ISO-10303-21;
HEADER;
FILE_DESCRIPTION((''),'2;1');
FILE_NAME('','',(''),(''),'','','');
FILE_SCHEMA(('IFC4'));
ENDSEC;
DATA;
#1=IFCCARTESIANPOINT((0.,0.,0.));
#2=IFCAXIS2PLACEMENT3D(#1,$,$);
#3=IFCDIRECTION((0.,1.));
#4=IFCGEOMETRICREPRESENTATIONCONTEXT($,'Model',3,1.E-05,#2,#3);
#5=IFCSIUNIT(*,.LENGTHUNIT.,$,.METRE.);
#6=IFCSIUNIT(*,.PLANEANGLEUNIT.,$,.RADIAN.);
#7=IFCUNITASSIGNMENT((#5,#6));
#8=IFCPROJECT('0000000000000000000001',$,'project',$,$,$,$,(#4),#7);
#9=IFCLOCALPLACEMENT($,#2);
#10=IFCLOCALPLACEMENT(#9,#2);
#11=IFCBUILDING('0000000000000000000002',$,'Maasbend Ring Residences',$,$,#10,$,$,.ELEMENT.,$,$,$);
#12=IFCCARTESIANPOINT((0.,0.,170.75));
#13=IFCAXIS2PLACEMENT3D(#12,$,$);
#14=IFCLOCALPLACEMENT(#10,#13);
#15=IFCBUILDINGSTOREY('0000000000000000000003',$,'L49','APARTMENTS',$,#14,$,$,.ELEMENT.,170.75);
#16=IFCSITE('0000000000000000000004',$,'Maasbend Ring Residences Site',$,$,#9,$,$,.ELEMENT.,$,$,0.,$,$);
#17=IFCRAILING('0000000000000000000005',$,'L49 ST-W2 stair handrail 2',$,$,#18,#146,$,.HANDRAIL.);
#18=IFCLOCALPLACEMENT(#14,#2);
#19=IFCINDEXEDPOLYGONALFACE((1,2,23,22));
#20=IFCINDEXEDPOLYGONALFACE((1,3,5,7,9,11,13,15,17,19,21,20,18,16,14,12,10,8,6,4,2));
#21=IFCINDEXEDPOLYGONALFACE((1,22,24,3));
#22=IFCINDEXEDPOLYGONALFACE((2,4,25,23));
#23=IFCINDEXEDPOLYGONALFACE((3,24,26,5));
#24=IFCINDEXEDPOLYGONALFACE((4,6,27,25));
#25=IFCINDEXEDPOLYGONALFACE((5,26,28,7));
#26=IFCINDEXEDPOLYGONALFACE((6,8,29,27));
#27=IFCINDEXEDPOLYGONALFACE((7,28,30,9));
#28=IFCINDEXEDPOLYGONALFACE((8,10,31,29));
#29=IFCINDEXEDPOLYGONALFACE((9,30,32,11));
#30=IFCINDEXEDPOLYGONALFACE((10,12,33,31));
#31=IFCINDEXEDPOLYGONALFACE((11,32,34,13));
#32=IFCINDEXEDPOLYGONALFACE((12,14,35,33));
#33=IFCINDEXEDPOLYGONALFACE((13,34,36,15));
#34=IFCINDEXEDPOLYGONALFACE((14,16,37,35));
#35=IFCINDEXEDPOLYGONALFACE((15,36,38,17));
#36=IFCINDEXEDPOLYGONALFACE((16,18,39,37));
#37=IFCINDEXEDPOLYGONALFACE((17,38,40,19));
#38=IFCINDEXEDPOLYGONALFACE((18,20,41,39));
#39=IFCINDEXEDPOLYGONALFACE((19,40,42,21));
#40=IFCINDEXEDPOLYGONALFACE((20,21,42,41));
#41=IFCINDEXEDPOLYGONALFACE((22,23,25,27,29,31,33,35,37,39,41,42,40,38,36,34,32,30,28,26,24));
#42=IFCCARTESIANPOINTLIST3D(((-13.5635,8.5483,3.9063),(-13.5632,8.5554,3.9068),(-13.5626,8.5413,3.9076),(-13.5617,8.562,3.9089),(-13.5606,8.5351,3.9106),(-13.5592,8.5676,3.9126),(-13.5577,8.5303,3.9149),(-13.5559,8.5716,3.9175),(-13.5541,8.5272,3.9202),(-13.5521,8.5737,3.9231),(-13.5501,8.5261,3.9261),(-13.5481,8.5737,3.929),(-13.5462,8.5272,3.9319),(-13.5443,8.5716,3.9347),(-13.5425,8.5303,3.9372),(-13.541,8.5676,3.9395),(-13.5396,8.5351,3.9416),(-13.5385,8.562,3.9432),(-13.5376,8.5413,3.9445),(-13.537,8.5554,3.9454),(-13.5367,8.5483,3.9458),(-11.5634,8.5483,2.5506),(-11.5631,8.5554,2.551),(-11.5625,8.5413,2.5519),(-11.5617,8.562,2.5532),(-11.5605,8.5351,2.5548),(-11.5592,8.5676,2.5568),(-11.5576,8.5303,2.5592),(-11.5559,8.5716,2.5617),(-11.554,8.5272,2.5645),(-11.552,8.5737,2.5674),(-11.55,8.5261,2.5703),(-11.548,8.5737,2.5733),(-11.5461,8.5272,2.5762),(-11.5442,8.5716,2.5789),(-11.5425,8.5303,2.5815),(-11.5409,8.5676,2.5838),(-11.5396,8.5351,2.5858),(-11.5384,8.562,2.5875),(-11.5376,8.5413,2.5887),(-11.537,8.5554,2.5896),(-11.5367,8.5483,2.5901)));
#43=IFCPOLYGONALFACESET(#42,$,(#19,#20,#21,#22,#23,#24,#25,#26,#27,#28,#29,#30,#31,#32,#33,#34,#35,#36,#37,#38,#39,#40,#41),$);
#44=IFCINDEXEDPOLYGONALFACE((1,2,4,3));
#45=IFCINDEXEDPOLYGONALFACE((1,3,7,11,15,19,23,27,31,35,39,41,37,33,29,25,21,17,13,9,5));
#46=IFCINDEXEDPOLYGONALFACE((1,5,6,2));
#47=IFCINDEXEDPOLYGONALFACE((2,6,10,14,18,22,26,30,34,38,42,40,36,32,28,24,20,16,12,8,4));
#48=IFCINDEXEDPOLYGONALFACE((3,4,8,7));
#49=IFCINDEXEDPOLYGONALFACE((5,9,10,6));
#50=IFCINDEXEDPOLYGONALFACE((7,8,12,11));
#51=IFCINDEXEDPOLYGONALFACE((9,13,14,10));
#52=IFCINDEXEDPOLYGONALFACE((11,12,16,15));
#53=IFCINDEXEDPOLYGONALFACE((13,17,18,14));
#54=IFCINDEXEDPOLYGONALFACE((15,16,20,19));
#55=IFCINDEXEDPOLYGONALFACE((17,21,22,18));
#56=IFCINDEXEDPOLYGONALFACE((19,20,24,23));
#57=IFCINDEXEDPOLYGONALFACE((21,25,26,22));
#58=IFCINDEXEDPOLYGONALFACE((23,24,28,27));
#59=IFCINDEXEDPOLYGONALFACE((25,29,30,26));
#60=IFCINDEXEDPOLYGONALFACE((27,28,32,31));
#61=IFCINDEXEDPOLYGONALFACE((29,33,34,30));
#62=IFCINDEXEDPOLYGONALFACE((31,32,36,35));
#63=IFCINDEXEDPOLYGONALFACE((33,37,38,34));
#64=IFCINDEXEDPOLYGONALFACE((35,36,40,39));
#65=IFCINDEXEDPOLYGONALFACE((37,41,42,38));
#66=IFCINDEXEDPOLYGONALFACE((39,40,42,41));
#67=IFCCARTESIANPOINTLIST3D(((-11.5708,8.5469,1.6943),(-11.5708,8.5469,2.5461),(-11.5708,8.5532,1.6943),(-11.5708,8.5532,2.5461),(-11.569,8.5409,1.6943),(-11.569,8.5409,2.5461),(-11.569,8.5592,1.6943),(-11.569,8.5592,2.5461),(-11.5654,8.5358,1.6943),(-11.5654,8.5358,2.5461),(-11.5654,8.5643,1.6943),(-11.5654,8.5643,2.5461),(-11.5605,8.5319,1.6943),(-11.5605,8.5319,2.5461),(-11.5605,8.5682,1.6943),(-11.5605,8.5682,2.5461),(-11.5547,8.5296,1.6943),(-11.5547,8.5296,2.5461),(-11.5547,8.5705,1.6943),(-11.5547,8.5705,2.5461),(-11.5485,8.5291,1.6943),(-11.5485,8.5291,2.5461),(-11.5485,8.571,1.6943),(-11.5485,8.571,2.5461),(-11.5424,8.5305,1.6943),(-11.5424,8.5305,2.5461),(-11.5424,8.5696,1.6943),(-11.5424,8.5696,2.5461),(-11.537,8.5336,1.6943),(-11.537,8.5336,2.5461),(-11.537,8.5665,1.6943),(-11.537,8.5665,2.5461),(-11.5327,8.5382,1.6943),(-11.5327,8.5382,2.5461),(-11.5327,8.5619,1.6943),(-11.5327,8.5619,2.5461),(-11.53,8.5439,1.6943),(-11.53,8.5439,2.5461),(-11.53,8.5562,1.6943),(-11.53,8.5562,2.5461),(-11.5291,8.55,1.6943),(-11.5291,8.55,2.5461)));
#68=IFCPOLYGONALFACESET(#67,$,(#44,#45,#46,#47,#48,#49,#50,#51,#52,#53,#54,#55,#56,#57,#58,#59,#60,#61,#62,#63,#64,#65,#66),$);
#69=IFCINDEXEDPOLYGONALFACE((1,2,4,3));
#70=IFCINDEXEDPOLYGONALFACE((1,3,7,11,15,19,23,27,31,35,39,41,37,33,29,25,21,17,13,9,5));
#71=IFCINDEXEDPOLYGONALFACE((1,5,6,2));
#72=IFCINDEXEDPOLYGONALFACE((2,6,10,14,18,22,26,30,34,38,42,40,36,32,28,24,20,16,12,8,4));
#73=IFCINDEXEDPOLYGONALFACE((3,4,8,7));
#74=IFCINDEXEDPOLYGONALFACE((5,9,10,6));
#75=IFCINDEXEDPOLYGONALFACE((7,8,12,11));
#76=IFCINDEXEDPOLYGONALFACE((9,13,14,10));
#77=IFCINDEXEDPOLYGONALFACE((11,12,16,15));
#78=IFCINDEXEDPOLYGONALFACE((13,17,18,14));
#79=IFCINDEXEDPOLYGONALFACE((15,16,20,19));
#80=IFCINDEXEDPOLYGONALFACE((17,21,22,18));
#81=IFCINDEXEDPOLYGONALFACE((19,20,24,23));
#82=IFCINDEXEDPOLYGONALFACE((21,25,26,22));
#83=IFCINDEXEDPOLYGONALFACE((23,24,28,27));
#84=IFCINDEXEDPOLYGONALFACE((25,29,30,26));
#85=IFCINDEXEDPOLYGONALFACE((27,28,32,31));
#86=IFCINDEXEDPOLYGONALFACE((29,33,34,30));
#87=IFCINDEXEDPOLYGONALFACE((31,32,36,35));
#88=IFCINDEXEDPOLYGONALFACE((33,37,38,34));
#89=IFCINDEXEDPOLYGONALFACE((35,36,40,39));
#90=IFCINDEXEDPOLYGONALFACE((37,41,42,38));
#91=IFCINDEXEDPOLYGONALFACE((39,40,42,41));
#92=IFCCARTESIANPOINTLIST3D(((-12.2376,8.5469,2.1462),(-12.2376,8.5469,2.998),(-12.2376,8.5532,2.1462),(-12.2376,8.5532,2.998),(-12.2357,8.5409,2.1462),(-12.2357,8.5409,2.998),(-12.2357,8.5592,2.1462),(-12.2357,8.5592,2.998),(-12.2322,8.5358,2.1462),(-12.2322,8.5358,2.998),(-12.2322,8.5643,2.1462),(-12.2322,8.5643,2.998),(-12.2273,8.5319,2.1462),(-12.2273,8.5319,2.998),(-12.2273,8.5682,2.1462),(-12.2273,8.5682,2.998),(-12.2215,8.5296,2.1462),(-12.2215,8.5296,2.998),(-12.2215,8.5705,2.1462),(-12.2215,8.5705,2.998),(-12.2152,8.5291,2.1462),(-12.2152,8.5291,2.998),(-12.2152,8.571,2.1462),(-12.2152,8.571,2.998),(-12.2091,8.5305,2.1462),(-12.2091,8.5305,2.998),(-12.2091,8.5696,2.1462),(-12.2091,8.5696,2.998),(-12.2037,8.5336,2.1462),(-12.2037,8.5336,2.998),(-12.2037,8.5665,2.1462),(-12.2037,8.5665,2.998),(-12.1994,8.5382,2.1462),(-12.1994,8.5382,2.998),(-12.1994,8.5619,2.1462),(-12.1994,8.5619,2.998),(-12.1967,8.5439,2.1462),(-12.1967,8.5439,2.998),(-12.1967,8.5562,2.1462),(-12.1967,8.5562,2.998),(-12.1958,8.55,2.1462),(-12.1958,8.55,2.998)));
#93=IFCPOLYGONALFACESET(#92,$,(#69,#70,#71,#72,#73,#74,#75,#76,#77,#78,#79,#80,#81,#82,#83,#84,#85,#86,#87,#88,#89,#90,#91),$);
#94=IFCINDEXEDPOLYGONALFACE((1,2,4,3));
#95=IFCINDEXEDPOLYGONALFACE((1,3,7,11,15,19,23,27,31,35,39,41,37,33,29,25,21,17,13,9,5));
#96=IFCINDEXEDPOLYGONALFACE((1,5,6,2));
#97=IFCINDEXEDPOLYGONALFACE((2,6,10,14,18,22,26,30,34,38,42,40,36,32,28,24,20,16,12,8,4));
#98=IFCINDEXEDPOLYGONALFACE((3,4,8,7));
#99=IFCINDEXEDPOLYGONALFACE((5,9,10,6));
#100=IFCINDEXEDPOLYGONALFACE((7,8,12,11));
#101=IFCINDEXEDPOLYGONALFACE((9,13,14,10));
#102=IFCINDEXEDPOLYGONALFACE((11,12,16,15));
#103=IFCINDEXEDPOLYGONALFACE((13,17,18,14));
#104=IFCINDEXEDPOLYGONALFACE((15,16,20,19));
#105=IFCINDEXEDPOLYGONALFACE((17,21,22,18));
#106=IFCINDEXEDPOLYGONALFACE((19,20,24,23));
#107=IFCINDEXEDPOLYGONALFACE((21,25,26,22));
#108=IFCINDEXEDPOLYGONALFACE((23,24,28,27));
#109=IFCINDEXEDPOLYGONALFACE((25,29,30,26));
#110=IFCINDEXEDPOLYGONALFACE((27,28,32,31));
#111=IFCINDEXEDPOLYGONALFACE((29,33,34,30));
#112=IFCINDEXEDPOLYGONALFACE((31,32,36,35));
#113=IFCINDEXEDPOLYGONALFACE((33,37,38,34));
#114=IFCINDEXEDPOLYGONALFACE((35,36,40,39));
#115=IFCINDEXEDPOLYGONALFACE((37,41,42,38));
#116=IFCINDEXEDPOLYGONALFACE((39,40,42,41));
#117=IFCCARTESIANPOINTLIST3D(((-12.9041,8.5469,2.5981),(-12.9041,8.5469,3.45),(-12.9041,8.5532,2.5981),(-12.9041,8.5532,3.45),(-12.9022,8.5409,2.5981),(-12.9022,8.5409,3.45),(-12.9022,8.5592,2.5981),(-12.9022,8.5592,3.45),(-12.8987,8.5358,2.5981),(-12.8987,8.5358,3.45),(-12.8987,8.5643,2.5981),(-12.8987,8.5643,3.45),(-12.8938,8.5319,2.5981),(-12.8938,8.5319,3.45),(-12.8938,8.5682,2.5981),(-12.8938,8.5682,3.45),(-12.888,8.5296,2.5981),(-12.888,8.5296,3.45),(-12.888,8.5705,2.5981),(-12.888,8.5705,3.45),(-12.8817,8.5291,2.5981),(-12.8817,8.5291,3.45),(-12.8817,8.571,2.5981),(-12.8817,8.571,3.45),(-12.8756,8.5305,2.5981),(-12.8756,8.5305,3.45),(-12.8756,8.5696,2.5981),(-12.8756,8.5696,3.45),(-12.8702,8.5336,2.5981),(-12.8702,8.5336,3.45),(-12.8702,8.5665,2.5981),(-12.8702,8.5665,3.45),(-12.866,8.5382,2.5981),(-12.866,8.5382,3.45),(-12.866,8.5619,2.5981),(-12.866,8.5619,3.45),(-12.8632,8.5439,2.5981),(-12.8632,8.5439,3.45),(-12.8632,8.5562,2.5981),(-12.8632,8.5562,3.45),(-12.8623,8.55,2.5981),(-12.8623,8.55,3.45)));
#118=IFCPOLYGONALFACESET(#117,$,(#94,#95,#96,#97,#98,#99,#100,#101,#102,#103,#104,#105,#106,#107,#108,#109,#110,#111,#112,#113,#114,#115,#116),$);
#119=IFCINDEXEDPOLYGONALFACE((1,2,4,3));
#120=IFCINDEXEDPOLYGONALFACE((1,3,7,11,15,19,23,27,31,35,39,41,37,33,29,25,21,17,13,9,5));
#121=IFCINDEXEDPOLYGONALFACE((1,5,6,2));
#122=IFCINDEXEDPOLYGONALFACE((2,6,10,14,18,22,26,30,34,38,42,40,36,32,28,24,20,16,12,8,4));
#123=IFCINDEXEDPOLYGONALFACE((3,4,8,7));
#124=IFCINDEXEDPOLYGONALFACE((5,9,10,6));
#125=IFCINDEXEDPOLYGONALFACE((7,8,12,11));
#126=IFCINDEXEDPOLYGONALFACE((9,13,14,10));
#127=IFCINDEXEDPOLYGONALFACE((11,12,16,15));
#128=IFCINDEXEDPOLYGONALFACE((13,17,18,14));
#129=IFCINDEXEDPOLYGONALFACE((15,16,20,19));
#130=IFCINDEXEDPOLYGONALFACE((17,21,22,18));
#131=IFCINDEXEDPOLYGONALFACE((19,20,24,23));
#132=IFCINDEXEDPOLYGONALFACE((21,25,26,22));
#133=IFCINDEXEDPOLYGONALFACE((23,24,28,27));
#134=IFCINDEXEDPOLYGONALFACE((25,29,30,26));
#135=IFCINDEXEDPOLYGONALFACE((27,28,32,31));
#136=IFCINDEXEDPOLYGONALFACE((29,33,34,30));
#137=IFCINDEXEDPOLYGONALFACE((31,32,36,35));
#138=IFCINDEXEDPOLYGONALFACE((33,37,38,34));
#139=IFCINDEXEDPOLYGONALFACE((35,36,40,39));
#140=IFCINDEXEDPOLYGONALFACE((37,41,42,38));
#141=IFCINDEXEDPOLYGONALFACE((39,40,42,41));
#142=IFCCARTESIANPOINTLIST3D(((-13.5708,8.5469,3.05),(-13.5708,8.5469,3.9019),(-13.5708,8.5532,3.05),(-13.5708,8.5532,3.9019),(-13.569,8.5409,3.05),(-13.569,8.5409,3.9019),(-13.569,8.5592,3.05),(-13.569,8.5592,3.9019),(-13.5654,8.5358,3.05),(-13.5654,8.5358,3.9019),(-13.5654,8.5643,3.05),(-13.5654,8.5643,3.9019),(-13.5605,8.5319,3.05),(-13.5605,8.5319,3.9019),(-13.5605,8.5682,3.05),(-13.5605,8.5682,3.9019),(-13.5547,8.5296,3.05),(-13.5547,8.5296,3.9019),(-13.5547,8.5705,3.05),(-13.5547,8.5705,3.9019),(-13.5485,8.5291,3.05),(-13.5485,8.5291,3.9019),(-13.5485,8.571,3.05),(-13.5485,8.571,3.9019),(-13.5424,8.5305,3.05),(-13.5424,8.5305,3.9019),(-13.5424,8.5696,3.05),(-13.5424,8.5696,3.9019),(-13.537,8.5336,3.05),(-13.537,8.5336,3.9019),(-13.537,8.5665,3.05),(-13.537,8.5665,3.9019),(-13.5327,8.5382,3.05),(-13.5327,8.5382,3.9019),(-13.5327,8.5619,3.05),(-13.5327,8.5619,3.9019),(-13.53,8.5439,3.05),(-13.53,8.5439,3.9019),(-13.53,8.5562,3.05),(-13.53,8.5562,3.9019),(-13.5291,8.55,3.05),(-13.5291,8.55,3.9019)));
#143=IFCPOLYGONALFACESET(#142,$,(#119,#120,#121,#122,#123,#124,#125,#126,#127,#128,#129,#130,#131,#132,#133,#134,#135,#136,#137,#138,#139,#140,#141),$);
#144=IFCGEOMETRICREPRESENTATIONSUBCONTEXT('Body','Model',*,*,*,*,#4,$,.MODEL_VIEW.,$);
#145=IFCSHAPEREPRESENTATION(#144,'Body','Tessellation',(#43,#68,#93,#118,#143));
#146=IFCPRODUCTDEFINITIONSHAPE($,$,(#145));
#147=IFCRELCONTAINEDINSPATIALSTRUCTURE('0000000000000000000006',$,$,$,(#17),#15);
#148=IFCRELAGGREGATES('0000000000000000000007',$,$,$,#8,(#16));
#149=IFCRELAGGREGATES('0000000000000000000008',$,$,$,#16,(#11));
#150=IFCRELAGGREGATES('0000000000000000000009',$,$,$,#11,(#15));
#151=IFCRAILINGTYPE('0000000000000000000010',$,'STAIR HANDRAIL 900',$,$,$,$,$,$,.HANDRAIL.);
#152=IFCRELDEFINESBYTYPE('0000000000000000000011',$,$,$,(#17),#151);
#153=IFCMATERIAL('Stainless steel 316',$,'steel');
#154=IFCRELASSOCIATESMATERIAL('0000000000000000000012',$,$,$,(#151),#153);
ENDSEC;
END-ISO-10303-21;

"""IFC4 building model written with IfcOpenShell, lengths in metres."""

from ifc_helpers import new_model, si_unit, direction, frame, origin, origin_2d, place, context, subcontext, project, spatial, circle, extrude, material, type_object, element, save


model = new_model("IFC4")

# Units and contexts
model_context = context("Model", 3, precision=1e-05, world=origin(), true_north=direction((0.0, 1.0)))
body_context = subcontext(model_context, "Body", "Model", "MODEL_VIEW")
ifc_project = project(units=[si_unit("LENGTHUNIT", "METRE"), si_unit("PLANEANGLEUNIT", "RADIAN")], contexts=[model_context])

# Site, building, storey
site_placement = place(None, origin())
site = spatial("IfcSite", under=ifc_project, at=site_placement, Name="Maasbend Ring Residences Site", CompositionType="ELEMENT", RefElevation=0.0)
building_placement = place(site_placement, origin())
building = spatial("IfcBuilding", under=site, at=building_placement, Name="Maasbend Ring Residences", CompositionType="ELEMENT")
storey_placement = place(building_placement, frame((0.0, 0.0, 170.75)))
storey = spatial("IfcBuildingStorey", under=building, at=storey_placement, Name="L49", Description="APARTMENTS", CompositionType="ELEMENT", Elevation=170.75)

# Railing
ifc_material_1 = material(Name="Stainless steel 316", Category="steel")
railing_type_1 = type_object("IfcRailingType", Name="STAIR HANDRAIL 900", PredefinedType="HANDRAIL", material=ifc_material_1)
railing_1_placement = place(storey_placement, frame((-11.55, 8.55, 1.6943)))
element("IfcRailing", 1, at=railing_1_placement, inside=storey, type_object=railing_type_1, Name="L49 ST-W2 stair handrail 2", PredefinedType="HANDRAIL", context=body_context, shape_type="SweptSolid", body=[
    extrude(circle(Radius=0.0239, at=origin_2d()), frame((0.0, 0.0, 0.876), z_axis=(-0.827751, 0.0, 0.561096), x_axis=(0.0, -1.0, 0.0)), (0.0, 0.0, 1.0), 2.4163),
    extrude(circle(Radius=0.021, at=origin_2d()), origin(), (0.0, 0.0, 1.0), 0.8518),
    extrude(circle(Radius=0.021, at=origin_2d()), frame((-0.6667, 0.0, 0.4519)), (0.0, 0.0, 1.0), 0.8518),
    extrude(circle(Radius=0.021, at=origin_2d()), frame((-1.3333, 0.0, 0.9038)), (0.0, 0.0, 1.0), 0.8518),
    extrude(circle(Radius=0.021, at=origin_2d()), frame((-2.0, 0.0, 1.3557)), (0.0, 0.0, 1.0), 0.8518),
])

save(model, "model.ifc")
